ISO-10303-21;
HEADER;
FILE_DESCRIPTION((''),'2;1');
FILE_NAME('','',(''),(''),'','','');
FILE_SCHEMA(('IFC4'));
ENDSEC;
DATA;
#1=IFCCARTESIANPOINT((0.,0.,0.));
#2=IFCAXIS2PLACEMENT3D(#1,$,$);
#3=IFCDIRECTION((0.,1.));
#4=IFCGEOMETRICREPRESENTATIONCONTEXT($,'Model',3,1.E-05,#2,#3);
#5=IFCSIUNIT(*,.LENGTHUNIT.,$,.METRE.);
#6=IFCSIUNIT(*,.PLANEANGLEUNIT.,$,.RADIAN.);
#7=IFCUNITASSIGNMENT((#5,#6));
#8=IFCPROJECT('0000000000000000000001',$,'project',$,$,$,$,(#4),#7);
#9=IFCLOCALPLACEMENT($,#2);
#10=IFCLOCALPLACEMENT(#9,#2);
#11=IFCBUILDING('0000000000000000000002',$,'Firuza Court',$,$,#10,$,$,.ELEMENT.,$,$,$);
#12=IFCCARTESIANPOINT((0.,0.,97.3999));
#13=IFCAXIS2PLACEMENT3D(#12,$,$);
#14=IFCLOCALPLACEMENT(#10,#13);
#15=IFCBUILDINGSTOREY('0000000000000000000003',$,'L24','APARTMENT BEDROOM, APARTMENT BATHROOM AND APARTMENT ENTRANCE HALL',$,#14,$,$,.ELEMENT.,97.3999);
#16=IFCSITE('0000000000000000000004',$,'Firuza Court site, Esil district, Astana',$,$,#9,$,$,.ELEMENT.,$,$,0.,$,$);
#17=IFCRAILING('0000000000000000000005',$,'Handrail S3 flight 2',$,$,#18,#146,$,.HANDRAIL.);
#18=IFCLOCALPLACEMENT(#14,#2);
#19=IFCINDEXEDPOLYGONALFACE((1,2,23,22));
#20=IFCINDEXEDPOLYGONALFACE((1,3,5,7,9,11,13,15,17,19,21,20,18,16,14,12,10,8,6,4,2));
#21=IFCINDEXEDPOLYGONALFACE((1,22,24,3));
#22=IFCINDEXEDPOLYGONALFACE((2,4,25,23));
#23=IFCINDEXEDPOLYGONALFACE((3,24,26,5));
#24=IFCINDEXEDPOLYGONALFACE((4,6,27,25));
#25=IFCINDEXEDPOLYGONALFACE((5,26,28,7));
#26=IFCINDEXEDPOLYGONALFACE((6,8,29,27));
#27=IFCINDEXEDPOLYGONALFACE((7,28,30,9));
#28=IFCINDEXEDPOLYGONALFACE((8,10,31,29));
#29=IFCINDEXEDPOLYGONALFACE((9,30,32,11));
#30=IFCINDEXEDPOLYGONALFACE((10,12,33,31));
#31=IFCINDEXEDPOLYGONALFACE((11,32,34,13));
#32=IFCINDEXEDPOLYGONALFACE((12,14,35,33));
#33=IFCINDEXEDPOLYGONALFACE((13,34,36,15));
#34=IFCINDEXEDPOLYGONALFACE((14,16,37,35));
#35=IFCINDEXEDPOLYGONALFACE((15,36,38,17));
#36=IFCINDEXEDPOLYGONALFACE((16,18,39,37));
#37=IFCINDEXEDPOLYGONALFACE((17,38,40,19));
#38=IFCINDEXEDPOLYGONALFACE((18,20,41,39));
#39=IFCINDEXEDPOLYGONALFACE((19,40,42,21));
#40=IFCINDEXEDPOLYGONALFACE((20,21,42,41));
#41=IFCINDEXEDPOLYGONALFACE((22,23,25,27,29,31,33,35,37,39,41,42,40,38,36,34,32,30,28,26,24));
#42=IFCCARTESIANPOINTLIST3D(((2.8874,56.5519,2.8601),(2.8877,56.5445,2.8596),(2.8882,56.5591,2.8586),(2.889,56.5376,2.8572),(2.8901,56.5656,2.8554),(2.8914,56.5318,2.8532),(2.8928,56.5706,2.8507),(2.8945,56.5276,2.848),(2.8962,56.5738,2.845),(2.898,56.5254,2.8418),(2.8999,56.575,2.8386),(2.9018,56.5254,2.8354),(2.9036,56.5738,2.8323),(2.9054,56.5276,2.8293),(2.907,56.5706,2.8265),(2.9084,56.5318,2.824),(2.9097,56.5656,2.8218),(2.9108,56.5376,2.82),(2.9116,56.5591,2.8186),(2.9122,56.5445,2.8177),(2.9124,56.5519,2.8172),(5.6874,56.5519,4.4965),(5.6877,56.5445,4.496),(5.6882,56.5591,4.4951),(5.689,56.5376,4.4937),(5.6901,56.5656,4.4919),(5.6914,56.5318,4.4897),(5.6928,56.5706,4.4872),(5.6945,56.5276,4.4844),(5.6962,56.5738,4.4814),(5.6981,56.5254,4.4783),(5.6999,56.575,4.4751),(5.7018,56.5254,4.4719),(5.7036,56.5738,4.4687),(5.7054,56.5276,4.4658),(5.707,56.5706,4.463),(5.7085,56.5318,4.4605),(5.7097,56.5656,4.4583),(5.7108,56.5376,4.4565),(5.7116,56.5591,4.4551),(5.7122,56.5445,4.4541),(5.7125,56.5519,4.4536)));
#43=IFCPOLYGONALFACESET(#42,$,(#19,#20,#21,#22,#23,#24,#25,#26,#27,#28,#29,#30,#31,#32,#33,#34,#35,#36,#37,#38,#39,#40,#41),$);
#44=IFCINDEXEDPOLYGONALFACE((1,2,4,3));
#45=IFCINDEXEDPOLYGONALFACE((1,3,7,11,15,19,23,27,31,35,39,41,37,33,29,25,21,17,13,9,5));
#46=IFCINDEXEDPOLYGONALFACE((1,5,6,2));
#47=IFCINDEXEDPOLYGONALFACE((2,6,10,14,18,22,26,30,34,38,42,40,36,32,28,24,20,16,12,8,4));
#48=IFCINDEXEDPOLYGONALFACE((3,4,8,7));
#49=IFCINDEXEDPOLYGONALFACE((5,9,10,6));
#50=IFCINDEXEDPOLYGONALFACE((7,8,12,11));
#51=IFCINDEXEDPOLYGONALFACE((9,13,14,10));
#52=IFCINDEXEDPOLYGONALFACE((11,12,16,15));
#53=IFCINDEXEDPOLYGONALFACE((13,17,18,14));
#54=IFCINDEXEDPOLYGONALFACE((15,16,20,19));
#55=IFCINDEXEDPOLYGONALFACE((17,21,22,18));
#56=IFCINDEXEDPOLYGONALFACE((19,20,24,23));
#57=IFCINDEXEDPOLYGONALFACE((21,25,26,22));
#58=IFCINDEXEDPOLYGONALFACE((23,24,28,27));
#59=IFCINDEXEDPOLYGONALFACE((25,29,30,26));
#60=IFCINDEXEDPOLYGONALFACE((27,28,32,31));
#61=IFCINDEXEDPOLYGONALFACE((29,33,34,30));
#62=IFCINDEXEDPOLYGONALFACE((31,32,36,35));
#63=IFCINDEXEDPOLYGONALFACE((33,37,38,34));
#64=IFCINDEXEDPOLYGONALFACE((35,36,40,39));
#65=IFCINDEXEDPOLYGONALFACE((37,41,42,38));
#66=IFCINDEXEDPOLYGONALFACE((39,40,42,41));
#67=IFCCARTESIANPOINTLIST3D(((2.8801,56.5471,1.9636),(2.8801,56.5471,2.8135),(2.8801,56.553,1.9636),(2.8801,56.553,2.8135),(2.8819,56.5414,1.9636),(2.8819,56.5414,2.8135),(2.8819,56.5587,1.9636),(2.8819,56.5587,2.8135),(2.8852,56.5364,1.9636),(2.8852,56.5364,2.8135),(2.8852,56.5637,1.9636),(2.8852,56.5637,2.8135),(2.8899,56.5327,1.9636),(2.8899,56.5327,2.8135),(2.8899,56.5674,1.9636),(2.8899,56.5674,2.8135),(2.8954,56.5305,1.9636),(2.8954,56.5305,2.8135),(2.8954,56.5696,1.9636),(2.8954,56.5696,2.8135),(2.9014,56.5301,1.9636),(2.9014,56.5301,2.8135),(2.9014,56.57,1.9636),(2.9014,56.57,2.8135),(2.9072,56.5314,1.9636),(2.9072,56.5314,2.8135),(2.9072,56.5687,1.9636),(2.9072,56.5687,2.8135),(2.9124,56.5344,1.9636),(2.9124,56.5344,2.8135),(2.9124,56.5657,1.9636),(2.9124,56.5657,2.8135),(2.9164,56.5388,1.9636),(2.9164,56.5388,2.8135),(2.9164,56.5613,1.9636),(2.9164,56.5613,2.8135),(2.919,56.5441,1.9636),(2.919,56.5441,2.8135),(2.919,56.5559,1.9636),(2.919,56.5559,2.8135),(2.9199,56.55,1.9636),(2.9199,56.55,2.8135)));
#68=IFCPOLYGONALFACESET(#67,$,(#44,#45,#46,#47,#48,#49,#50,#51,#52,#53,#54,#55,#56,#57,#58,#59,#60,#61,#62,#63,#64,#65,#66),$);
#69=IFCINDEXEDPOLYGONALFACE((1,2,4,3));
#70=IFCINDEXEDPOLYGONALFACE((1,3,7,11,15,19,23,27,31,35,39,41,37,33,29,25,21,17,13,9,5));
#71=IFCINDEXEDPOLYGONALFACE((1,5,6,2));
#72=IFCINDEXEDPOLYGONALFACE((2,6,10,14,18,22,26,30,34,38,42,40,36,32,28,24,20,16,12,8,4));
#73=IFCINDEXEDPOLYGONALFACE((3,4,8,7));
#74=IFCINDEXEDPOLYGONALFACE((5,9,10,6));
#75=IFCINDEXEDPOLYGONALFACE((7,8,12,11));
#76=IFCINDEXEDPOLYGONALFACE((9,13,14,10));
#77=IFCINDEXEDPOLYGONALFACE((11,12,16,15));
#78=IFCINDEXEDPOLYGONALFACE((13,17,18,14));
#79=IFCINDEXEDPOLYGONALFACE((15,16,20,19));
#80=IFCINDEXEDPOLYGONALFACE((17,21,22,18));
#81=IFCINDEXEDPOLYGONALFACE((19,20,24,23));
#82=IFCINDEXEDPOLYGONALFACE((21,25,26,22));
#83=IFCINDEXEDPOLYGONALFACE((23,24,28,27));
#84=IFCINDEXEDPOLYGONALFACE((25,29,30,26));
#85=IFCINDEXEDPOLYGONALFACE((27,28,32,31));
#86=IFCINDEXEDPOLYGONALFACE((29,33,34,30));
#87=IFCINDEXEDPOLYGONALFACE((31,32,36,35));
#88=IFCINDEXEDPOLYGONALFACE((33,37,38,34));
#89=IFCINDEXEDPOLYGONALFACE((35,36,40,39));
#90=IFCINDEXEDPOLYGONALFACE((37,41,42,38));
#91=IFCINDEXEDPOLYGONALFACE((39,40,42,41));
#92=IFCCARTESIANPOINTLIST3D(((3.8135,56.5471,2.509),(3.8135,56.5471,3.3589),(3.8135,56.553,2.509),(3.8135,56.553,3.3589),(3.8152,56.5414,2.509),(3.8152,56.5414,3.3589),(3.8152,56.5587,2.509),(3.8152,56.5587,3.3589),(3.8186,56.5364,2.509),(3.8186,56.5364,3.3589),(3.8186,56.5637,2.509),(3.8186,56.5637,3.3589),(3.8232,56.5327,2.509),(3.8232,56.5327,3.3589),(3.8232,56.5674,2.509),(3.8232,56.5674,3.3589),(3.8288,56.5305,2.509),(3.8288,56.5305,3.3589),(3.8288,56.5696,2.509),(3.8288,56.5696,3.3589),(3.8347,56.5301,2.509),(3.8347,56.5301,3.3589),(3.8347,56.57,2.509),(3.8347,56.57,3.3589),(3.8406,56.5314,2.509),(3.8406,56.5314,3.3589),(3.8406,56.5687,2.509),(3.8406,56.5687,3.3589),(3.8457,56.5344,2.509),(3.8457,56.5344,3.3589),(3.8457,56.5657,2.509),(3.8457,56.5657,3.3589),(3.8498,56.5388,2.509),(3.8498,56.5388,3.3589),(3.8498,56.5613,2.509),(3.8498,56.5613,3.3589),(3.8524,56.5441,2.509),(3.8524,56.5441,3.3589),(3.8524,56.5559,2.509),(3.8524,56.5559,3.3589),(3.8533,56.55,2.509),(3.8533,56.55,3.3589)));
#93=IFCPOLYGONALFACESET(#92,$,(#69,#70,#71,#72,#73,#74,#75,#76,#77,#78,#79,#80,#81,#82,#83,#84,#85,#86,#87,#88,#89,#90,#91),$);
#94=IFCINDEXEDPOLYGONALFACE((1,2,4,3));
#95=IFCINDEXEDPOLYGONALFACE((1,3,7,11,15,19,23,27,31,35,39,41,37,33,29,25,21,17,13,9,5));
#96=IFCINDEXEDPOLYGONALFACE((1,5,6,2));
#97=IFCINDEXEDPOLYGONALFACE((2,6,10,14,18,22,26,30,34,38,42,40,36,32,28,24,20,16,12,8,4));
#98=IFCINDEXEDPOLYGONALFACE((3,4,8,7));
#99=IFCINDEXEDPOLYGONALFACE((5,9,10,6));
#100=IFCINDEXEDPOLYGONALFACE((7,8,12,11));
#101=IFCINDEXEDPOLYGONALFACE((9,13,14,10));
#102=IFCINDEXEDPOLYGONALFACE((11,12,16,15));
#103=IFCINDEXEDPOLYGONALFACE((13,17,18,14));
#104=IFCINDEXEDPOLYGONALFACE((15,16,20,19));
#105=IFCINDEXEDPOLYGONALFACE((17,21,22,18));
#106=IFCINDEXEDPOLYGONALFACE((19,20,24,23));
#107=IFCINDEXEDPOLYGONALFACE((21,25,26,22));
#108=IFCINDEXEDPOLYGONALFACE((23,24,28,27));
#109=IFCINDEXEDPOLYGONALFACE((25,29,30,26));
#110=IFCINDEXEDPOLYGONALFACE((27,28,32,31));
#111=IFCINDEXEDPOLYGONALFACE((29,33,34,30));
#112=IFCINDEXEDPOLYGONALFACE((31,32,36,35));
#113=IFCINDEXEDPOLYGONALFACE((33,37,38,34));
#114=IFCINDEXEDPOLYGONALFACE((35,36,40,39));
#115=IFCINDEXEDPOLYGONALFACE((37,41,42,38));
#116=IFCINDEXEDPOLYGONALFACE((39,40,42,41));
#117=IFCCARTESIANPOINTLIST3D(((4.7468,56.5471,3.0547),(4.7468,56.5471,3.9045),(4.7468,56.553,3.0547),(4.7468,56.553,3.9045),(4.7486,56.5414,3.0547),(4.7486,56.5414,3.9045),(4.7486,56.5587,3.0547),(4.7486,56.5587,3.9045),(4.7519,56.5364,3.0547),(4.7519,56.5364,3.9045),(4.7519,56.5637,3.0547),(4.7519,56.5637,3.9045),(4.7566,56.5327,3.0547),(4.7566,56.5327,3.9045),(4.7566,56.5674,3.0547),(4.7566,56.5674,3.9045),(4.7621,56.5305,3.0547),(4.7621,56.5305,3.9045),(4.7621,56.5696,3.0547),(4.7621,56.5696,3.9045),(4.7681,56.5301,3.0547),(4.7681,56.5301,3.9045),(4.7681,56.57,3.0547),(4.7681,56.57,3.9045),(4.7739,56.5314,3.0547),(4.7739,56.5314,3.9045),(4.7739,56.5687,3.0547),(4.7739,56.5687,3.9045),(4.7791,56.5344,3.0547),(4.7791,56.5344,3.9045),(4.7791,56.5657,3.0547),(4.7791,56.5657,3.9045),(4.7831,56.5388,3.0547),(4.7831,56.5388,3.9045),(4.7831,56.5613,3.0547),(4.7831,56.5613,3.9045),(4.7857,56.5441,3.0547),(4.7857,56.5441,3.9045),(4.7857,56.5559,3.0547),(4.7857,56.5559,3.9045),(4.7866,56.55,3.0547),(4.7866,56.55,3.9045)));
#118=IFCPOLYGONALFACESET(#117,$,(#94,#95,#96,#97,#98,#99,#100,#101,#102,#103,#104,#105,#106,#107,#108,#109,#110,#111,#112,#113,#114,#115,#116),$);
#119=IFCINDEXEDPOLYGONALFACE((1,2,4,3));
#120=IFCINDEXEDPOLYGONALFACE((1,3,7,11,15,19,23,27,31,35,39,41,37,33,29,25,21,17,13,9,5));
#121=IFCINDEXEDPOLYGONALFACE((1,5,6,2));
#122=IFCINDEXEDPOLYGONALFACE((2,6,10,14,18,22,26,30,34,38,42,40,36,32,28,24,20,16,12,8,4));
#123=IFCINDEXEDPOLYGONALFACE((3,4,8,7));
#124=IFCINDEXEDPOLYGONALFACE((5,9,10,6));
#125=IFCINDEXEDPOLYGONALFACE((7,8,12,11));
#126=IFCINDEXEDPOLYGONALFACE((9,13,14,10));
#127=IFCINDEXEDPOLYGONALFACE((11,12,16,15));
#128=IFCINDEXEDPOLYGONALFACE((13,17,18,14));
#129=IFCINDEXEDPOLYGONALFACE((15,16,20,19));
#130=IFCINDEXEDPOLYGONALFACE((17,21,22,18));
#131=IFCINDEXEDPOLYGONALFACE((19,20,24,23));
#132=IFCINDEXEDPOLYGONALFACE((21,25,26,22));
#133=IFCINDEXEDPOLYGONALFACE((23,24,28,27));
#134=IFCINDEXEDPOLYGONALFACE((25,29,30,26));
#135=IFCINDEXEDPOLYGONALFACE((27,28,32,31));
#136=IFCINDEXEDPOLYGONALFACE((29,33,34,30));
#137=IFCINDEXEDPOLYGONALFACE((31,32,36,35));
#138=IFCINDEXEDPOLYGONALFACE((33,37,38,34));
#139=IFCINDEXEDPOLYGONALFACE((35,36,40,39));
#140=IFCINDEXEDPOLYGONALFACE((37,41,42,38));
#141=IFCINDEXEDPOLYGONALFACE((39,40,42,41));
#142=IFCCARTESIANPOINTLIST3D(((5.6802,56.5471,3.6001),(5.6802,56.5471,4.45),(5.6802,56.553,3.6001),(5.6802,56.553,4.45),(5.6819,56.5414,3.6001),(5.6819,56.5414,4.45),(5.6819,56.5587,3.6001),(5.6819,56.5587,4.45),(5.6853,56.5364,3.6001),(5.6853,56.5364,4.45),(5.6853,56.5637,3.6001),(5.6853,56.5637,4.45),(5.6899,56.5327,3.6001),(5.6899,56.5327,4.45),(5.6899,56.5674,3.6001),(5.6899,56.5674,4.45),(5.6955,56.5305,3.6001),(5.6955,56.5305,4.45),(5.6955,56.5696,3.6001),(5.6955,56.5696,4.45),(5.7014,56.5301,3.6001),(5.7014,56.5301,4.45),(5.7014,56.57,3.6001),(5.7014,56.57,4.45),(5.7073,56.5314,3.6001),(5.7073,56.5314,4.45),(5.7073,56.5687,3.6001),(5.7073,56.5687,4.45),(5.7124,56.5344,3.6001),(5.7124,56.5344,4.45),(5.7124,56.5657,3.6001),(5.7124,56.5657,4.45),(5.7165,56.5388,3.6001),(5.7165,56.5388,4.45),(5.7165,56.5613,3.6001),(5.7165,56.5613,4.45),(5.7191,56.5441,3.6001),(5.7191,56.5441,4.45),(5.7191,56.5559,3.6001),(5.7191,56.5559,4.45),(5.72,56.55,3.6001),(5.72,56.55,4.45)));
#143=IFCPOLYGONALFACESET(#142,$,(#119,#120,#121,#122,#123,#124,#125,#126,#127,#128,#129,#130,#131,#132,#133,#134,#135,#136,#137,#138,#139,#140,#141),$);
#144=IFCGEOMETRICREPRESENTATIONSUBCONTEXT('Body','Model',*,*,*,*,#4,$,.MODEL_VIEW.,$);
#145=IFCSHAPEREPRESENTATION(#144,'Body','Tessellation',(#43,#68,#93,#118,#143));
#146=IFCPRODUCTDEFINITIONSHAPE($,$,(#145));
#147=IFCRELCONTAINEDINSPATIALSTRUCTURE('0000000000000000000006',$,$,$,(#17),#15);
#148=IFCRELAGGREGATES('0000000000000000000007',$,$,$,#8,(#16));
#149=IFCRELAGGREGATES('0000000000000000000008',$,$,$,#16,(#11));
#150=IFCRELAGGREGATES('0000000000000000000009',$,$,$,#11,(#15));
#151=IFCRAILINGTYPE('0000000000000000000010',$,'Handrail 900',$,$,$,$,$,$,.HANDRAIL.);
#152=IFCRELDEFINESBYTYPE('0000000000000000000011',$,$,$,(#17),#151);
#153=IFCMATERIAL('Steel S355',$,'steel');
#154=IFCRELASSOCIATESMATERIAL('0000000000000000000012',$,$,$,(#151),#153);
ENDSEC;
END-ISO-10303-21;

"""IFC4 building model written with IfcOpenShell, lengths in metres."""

from ifc_helpers import new_model, si_unit, direction, frame, origin, origin_2d, place, context, subcontext, project, spatial, circle, extrude, material, type_object, element, save


model = new_model("IFC4")

# Units and contexts
model_context = context("Model", 3, precision=1e-05, world=origin(), true_north=direction((0.0, 1.0)))
body_context = subcontext(model_context, "Body", "Model", "MODEL_VIEW")
ifc_project = project(units=[si_unit("LENGTHUNIT", "METRE"), si_unit("PLANEANGLEUNIT", "RADIAN")], contexts=[model_context])

# Site, building, storey
site_placement = place(None, origin())
site = spatial("IfcSite", under=ifc_project, at=site_placement, Name="Firuza Court site, Esil district, Astana", CompositionType="ELEMENT", RefElevation=0.0)
building_placement = place(site_placement, origin())
building = spatial("IfcBuilding", under=site, at=building_placement, Name="Firuza Court", CompositionType="ELEMENT")
storey_placement = place(building_placement, frame((0.0, 0.0, 97.3999)))
storey = spatial("IfcBuildingStorey", under=building, at=storey_placement, Name="L24", Description="APARTMENT BEDROOM, APARTMENT BATHROOM AND APARTMENT ENTRANCE HALL", CompositionType="ELEMENT", Elevation=97.3999)

# Railing
ifc_material_1 = material(Name="Steel S355", Category="steel")
railing_type_1 = type_object("IfcRailingType", Name="Handrail 900", PredefinedType="HANDRAIL", material=ifc_material_1)
railing_1_placement = place(storey_placement, frame((2.8999, 56.55, 1.9636)))
element("IfcRailing", 1, at=railing_1_placement, inside=storey, type_object=railing_type_1, Name="Handrail S3 flight 2", PredefinedType="HANDRAIL", context=body_context, shape_type="SweptSolid", body=[
    extrude(circle(Radius=0.0249, at=origin_2d()), frame((0.0, 0.0, 0.875), z_axis=(0.863361, 0.0, 0.504587), x_axis=(0.0, 1.0, 0.0)), (0.0, 0.0, 1.0), 3.2432),
    extrude(circle(Radius=0.02, at=origin_2d()), origin(), (0.0, 0.0, 1.0), 0.8499),
    extrude(circle(Radius=0.02, at=origin_2d()), frame((0.9333, 0.0, 0.5454)), (0.0, 0.0, 1.0), 0.8499),
    extrude(circle(Radius=0.02, at=origin_2d()), frame((1.8667, 0.0, 1.0911)), (0.0, 0.0, 1.0), 0.8499),
    extrude(circle(Radius=0.02, at=origin_2d()), frame((2.8, 0.0, 1.6365)), (0.0, 0.0, 1.0), 0.8499),
])

save(model, "model.ifc")
